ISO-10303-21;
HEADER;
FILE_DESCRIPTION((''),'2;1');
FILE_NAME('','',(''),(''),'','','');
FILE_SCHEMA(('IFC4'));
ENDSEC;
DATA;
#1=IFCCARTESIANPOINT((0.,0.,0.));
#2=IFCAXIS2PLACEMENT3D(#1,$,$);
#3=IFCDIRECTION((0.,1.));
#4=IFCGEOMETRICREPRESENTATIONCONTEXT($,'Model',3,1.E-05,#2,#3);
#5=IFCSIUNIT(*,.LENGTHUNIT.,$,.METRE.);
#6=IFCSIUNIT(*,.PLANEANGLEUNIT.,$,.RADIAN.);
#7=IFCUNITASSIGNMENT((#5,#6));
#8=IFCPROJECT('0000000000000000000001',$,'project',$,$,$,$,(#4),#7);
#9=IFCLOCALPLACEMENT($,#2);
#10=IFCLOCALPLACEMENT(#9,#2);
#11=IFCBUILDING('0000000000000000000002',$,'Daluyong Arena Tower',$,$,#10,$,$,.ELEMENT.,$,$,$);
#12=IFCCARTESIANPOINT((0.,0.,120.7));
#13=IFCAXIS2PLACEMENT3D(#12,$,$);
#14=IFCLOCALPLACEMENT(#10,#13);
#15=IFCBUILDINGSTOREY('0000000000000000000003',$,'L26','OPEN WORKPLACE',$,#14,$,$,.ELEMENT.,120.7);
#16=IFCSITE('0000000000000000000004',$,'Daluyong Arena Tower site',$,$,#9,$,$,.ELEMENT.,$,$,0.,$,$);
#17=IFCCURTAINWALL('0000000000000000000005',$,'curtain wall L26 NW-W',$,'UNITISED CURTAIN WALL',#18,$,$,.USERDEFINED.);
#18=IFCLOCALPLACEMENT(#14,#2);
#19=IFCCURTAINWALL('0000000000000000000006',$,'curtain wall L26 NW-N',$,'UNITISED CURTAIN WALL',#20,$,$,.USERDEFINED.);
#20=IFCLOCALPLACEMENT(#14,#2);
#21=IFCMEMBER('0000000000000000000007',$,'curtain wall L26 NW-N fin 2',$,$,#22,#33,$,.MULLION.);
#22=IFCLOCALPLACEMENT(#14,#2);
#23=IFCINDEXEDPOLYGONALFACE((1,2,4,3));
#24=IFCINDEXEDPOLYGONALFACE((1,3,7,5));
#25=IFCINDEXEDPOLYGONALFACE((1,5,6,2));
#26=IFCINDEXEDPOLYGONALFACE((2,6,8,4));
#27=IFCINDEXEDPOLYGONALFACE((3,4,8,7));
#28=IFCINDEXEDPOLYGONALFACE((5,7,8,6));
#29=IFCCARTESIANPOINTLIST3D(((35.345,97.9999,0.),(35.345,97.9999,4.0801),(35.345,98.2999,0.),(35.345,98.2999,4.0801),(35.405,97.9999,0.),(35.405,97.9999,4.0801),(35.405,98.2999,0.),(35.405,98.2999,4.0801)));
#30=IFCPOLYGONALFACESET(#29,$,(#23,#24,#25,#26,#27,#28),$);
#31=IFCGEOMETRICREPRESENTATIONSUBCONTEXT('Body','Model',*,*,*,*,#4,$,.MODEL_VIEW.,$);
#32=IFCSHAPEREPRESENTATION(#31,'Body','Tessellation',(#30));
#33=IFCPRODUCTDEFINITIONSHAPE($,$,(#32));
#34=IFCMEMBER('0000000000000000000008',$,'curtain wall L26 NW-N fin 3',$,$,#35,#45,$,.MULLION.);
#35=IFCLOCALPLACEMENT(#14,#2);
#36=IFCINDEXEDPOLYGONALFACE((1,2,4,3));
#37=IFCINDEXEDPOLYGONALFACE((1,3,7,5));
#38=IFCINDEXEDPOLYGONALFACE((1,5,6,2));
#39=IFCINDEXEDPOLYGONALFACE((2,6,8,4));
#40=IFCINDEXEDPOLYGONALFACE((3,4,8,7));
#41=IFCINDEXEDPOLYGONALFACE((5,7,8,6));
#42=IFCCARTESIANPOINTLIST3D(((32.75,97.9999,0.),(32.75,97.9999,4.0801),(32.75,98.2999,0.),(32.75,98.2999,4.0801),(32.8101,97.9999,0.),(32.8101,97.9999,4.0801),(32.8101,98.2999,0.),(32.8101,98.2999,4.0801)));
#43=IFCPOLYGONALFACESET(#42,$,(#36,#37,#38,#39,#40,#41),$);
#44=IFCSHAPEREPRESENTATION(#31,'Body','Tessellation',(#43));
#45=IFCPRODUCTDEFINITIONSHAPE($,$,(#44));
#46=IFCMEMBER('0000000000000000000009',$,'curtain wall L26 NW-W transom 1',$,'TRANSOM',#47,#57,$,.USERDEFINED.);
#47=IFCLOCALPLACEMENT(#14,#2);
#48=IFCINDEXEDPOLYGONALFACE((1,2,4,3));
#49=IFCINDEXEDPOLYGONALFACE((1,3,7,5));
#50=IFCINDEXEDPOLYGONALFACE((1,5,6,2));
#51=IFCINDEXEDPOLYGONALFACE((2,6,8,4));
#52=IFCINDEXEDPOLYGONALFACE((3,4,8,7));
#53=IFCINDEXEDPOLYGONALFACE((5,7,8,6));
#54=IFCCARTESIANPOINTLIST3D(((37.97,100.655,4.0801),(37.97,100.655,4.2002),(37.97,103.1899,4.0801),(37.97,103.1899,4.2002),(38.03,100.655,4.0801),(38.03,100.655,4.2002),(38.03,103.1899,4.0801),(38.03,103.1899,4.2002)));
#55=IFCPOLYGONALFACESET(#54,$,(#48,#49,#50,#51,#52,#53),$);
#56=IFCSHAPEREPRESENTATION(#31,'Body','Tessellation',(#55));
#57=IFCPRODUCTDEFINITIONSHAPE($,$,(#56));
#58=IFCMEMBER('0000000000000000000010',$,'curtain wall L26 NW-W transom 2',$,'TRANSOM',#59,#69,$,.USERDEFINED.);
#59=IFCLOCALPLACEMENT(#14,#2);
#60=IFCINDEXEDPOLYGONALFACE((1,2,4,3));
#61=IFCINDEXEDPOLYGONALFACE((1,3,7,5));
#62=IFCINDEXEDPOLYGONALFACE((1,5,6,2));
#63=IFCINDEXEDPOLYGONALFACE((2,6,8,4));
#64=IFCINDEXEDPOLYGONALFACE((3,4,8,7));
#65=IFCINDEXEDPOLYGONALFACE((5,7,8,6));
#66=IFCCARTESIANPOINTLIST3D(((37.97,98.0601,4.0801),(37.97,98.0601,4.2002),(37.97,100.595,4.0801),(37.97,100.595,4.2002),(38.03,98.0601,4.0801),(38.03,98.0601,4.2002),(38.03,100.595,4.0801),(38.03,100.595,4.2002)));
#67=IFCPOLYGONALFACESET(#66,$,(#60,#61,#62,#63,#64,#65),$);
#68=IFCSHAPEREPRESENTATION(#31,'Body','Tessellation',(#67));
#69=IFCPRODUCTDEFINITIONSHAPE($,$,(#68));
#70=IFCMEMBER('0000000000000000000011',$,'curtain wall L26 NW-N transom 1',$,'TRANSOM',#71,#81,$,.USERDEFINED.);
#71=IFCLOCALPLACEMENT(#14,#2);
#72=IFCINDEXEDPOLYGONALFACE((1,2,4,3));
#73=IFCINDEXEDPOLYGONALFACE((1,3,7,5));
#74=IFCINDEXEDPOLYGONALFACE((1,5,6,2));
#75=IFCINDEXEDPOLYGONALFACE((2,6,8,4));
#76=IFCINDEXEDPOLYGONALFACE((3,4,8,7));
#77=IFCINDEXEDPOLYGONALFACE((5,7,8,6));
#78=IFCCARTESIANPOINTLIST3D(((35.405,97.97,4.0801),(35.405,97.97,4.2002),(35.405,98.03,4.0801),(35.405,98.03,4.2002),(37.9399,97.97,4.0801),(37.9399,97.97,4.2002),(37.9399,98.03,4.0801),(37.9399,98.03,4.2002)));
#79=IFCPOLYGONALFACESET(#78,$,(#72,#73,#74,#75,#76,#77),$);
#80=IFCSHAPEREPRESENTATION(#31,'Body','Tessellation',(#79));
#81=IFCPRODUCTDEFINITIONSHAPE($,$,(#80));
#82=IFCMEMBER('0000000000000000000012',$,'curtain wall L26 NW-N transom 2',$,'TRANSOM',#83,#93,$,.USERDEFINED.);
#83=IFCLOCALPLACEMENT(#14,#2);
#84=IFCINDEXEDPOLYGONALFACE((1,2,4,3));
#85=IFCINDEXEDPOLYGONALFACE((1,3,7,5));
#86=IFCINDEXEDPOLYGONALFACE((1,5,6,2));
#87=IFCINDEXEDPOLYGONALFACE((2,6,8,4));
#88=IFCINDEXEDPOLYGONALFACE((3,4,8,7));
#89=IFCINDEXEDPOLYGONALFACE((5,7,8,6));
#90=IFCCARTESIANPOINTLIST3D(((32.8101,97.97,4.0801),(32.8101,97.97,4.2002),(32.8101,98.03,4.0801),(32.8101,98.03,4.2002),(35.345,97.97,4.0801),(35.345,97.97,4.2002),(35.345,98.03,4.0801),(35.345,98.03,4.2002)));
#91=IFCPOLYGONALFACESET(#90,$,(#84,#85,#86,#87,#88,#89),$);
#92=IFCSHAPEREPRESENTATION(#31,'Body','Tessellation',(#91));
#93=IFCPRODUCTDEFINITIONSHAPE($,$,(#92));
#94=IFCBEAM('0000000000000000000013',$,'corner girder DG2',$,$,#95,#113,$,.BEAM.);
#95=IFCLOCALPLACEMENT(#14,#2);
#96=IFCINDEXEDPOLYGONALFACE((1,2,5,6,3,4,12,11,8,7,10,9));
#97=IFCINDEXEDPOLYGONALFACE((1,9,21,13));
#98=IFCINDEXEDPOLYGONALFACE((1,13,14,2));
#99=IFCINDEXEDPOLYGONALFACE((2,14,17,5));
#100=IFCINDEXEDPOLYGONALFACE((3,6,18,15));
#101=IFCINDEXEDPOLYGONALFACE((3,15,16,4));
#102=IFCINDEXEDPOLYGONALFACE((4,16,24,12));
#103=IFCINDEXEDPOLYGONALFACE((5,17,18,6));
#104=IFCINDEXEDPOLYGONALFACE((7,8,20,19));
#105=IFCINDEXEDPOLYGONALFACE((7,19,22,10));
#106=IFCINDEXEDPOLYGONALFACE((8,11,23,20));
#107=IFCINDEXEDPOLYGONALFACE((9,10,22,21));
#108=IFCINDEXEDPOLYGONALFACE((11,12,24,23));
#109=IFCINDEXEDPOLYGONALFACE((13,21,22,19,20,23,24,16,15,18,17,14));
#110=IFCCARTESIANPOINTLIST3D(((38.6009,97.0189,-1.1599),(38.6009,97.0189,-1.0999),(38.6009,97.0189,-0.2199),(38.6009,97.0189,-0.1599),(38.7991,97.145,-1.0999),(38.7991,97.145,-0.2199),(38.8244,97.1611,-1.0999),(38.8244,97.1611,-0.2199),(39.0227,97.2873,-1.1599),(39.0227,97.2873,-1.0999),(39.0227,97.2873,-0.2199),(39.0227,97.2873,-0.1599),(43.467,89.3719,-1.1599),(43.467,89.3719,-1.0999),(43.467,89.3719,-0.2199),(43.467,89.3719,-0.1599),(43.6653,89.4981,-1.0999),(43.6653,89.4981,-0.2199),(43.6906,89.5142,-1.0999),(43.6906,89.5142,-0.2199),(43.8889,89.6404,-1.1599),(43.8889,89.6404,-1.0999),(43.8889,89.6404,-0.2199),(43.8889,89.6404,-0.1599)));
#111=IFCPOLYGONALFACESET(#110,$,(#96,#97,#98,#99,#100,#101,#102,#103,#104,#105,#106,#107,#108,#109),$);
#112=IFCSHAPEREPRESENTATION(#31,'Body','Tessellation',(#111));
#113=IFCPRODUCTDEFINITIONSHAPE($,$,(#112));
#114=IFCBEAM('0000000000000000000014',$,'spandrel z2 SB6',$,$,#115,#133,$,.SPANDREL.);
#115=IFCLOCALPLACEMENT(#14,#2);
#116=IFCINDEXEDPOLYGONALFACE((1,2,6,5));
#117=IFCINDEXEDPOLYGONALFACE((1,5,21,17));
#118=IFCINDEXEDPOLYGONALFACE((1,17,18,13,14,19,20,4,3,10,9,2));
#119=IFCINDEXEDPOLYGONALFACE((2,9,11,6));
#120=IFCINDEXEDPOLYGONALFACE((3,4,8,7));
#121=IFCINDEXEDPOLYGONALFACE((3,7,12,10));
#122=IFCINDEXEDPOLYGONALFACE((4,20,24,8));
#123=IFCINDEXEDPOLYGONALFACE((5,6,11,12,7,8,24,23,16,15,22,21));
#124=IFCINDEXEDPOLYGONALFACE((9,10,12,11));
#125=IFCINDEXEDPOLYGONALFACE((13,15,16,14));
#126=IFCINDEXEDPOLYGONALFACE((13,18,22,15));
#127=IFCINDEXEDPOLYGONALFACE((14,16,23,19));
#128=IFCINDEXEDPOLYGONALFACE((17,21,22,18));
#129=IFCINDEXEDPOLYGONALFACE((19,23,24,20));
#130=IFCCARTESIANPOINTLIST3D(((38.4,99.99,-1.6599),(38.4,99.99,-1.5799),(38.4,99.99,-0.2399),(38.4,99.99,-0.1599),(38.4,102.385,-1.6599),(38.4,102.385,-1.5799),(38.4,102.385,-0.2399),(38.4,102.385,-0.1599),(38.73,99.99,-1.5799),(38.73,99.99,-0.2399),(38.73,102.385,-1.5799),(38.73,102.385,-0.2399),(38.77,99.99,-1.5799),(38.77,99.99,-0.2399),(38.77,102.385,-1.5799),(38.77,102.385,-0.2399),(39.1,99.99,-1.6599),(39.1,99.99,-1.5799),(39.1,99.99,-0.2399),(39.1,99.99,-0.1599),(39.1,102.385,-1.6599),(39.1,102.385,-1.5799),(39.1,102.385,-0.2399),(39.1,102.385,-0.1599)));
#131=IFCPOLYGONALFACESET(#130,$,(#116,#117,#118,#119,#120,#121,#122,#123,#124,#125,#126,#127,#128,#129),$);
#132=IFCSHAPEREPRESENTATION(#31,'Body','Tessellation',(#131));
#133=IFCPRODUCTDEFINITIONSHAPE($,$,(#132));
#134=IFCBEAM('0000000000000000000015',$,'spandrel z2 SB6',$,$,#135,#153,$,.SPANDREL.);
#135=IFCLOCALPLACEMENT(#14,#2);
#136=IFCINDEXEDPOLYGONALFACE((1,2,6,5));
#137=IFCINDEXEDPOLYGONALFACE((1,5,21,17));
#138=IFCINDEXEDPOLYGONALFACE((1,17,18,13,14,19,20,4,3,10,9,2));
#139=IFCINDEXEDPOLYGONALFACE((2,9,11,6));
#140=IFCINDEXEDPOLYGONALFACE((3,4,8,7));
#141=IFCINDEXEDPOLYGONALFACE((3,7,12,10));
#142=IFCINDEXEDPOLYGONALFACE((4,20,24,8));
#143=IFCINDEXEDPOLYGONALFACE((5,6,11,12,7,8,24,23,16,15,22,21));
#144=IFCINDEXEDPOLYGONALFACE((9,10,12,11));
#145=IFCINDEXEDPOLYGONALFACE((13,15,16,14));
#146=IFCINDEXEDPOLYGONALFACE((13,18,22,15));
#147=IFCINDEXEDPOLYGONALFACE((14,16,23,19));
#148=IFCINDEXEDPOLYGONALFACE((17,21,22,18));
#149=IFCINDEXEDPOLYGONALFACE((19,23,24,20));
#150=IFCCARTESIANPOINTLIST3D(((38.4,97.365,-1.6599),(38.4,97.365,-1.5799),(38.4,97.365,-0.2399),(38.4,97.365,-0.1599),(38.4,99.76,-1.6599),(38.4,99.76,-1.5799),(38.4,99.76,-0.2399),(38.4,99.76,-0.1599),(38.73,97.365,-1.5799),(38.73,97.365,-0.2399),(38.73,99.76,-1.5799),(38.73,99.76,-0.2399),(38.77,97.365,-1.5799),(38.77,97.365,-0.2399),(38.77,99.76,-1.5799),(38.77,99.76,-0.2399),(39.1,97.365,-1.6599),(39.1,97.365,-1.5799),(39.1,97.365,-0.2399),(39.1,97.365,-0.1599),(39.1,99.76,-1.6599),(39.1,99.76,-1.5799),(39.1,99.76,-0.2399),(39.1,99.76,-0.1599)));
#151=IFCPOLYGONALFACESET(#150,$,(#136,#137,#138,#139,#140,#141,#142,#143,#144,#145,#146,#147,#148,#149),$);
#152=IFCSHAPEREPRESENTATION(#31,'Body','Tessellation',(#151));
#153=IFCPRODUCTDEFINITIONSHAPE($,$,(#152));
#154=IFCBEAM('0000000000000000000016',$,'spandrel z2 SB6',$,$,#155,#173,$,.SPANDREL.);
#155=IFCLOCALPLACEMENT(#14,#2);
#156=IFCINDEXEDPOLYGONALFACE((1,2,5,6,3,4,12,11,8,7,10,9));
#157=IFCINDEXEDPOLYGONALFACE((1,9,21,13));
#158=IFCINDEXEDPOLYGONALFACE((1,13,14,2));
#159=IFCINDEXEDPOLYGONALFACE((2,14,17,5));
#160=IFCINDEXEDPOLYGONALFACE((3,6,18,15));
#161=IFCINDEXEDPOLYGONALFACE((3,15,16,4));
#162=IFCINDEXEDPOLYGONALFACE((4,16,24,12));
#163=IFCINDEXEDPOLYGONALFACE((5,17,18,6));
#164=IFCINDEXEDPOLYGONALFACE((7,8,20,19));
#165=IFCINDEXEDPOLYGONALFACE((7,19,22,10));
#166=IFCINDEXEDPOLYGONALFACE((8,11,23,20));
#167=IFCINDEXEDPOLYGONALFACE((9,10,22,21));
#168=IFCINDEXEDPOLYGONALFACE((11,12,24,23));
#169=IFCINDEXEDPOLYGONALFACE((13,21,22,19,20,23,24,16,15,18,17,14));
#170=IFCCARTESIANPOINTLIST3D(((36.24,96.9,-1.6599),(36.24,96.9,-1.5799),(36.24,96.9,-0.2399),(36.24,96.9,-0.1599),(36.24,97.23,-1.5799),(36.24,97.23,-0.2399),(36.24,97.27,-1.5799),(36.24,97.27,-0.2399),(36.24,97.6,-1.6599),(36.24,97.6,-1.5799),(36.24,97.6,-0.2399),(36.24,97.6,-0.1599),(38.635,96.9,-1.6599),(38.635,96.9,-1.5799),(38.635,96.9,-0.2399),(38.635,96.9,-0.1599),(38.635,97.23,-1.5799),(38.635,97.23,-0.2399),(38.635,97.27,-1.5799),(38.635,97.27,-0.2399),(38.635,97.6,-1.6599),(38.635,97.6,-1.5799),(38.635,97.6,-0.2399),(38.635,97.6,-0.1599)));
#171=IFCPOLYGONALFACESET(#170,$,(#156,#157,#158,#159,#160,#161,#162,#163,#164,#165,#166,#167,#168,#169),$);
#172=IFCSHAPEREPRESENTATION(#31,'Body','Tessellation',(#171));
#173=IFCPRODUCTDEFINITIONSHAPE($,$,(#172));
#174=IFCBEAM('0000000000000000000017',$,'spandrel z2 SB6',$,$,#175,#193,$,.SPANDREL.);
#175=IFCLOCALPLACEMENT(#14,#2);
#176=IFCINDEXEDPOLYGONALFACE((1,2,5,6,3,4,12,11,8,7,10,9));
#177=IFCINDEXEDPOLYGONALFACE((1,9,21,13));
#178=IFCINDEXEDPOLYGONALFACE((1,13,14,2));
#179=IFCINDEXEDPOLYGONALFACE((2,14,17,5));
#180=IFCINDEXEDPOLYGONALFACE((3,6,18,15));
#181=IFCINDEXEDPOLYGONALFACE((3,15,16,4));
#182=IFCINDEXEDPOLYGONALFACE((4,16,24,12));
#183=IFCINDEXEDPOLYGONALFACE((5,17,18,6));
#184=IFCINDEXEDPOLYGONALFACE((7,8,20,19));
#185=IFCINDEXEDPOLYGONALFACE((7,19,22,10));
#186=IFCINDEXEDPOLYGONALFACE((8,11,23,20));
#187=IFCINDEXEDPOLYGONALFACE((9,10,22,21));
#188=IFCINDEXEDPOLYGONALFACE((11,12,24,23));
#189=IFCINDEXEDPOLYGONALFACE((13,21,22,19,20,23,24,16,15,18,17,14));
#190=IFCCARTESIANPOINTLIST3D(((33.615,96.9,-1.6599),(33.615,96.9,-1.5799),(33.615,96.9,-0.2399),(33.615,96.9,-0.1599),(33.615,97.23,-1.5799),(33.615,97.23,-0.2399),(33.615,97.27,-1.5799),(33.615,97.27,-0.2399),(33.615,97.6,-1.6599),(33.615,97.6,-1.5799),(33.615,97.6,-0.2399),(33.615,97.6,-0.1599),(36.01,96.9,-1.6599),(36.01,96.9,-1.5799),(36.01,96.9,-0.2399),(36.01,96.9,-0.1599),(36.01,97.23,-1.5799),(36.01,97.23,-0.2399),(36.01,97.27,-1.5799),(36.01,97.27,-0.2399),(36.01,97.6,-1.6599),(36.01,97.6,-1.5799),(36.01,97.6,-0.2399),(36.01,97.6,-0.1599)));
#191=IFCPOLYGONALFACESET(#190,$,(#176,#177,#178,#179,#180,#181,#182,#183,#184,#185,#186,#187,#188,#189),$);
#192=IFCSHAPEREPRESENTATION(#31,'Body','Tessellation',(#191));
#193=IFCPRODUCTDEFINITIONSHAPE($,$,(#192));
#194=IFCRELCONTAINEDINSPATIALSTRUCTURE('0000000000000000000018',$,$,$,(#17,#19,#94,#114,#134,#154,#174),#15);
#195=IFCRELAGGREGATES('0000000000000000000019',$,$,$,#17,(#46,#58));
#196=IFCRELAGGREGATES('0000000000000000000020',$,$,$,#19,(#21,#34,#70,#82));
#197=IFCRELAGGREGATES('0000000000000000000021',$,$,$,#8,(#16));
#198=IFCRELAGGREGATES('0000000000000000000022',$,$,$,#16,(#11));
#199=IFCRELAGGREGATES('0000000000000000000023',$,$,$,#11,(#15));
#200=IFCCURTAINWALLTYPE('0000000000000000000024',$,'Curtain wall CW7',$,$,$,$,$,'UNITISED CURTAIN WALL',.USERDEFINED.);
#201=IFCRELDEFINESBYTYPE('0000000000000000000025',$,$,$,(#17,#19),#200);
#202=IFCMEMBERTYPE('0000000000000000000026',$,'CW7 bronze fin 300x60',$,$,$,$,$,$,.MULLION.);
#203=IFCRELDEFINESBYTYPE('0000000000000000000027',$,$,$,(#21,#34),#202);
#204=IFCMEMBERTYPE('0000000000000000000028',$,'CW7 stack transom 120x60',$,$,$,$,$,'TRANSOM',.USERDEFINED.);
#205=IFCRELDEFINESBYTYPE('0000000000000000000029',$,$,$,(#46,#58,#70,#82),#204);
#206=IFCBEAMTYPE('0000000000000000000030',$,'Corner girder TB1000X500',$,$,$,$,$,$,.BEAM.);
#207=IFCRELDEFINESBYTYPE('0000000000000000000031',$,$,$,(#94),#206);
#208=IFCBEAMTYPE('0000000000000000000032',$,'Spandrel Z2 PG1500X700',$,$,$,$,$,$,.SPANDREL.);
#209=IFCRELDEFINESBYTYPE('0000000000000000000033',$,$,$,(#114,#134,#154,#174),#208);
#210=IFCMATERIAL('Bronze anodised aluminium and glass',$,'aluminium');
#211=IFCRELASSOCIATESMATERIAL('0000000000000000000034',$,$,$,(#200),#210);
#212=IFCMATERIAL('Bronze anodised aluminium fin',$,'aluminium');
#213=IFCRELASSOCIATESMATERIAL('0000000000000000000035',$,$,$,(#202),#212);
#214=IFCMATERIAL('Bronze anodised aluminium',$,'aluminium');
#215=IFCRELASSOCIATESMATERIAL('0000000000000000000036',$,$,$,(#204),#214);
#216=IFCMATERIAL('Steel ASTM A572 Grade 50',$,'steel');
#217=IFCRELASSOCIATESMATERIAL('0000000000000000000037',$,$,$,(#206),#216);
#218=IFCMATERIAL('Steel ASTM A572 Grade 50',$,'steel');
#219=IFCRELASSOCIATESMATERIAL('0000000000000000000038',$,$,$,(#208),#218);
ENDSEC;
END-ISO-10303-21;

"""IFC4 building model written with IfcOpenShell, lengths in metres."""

from ifc_helpers import new_model, si_unit, direction, frame, origin, origin_2d, place, context, subcontext, project, spatial, rectangle, i_section, extrude, material, material_profile, profile_set, type_object, element, aggregate, save


model = new_model("IFC4")

# Units and contexts
model_context = context("Model", 3, precision=1e-05, world=origin(), true_north=direction((0.0, 1.0)))
body_context = subcontext(model_context, "Body", "Model", "MODEL_VIEW")
ifc_project = project(units=[si_unit("LENGTHUNIT", "METRE"), si_unit("PLANEANGLEUNIT", "RADIAN")], contexts=[model_context])

# Site, building, storey
site_placement = place(None, origin())
site = spatial("IfcSite", under=ifc_project, at=site_placement, Name="Daluyong Arena Tower site", CompositionType="ELEMENT", RefElevation=0.0)
building_placement = place(site_placement, origin())
building = spatial("IfcBuilding", under=site, at=building_placement, Name="Daluyong Arena Tower", CompositionType="ELEMENT")
storey_placement = place(building_placement, frame((0.0, 0.0, 120.7)))
storey = spatial("IfcBuildingStorey", under=building, at=storey_placement, Name="L26", Description="OPEN WORKPLACE", CompositionType="ELEMENT", Elevation=120.7)

# Curtain walls, members
ifc_material_1 = material(Name="Bronze anodised aluminium and glass", Category="aluminium")
curtain_wall_type_1 = type_object("IfcCurtainWallType", Name="Curtain wall CW7", ElementType="UNITISED CURTAIN WALL", PredefinedType="USERDEFINED", material=ifc_material_1)
curtain_wall_1_placement = place(storey_placement, origin())
curtain_wall_1 = element("IfcCurtainWall", 1, at=curtain_wall_1_placement, inside=storey, type_object=curtain_wall_type_1, Name="curtain wall L26 NW-W", ObjectType="UNITISED CURTAIN WALL", PredefinedType="USERDEFINED")
ifc_material_2 = material(Name="Bronze anodised aluminium fin", Category="aluminium")
ifc_material_profile_1 = material_profile(ifc_material_2, rectangle(XDim=0.3, YDim=0.0601, at=origin_2d()))
ifc_profile_set_1 = profile_set([ifc_material_profile_1], Name="Bronze anodised aluminium fin")
member_type_1 = type_object("IfcMemberType", Name="CW7 bronze fin 300x60", PredefinedType="MULLION", material=ifc_profile_set_1)
curtain_wall_2_placement = place(storey_placement, origin())
curtain_wall_2 = element("IfcCurtainWall", 2, at=curtain_wall_2_placement, inside=storey, type_object=curtain_wall_type_1, Name="curtain wall L26 NW-N", ObjectType="UNITISED CURTAIN WALL", PredefinedType="USERDEFINED")
member_1_placement = place(storey_placement, frame((35.375, 98.1499, 0.0), z_axis=(0.0, 0.0, 1.0), x_axis=(0.0, -1.0, 0.0)))
member_1 = element("IfcMember", 3, at=member_1_placement, type_object=member_type_1, Name="curtain wall L26 NW-N fin 2", PredefinedType="MULLION", context=body_context, shape_type="SweptSolid", body=[
    extrude(rectangle(XDim=0.3, YDim=0.0601, at=origin_2d()), origin(), (0.0, 0.0, 1.0), 4.0801),
])
member_2_placement = place(storey_placement, frame((32.78, 98.1499, 0.0), z_axis=(0.0, 0.0, 1.0), x_axis=(0.0, -1.0, 0.0)))
member_2 = element("IfcMember", 4, at=member_2_placement, type_object=member_type_1, Name="curtain wall L26 NW-N fin 3", PredefinedType="MULLION", context=body_context, shape_type="SweptSolid", body=[
    extrude(rectangle(XDim=0.3, YDim=0.0601, at=origin_2d()), origin(), (0.0, 0.0, 1.0), 4.0801),
])

# Members
ifc_material_3 = material(Name="Bronze anodised aluminium", Category="aluminium")
ifc_material_profile_2 = material_profile(ifc_material_3, rectangle(XDim=0.0601, YDim=0.1201, at=origin_2d()))
ifc_profile_set_2 = profile_set([ifc_material_profile_2], Name="Bronze anodised aluminium")
member_type_2 = type_object("IfcMemberType", Name="CW7 stack transom 120x60", ElementType="TRANSOM", PredefinedType="USERDEFINED", material=ifc_profile_set_2)
member_3_placement = place(storey_placement, frame((38.0, 103.1899, 4.1401), z_axis=(0.0, -1.0, 0.0), x_axis=(1.0, 0.0, 0.0)))
member_3 = element("IfcMember", 5, at=member_3_placement, type_object=member_type_2, Name="curtain wall L26 NW-W transom 1", ObjectType="TRANSOM", PredefinedType="USERDEFINED", context=body_context, shape_type="SweptSolid", body=[
    extrude(rectangle(XDim=0.0601, YDim=0.1201, at=origin_2d()), origin(), (0.0, 0.0, 1.0), 2.5349),
])
member_4_placement = place(storey_placement, frame((38.0, 100.595, 4.1401), z_axis=(0.0, -1.0, 0.0), x_axis=(1.0, 0.0, 0.0)))
member_4 = element("IfcMember", 6, at=member_4_placement, type_object=member_type_2, Name="curtain wall L26 NW-W transom 2", ObjectType="TRANSOM", PredefinedType="USERDEFINED", context=body_context, shape_type="SweptSolid", body=[
    extrude(rectangle(XDim=0.0601, YDim=0.1201, at=origin_2d()), origin(), (0.0, 0.0, 1.0), 2.5349),
])
member_5_placement = place(storey_placement, frame((37.9399, 98.0, 4.1401), z_axis=(-1.0, 0.0, 0.0), x_axis=(0.0, -1.0, 0.0)))
member_5 = element("IfcMember", 7, at=member_5_placement, type_object=member_type_2, Name="curtain wall L26 NW-N transom 1", ObjectType="TRANSOM", PredefinedType="USERDEFINED", context=body_context, shape_type="SweptSolid", body=[
    extrude(rectangle(XDim=0.0601, YDim=0.1201, at=origin_2d()), origin(), (0.0, 0.0, 1.0), 2.5349),
])
member_6_placement = place(storey_placement, frame((35.345, 98.0, 4.1401), z_axis=(-1.0, 0.0, 0.0), x_axis=(0.0, -1.0, 0.0)))
member_6 = element("IfcMember", 8, at=member_6_placement, type_object=member_type_2, Name="curtain wall L26 NW-N transom 2", ObjectType="TRANSOM", PredefinedType="USERDEFINED", context=body_context, shape_type="SweptSolid", body=[
    extrude(rectangle(XDim=0.0601, YDim=0.1201, at=origin_2d()), origin(), (0.0, 0.0, 1.0), 2.5349),
])

# Beams
ifc_material_4 = material(Name="Steel ASTM A572 Grade 50", Category="steel")
ifc_material_profile_3 = material_profile(ifc_material_4, i_section(OverallWidth=0.5, OverallDepth=1.0, WebThickness=0.03, FlangeThickness=0.06, at=origin_2d()))
ifc_profile_set_3 = profile_set([ifc_material_profile_3], Name="Steel ASTM A572 Grade 50")
beam_type_1 = type_object("IfcBeamType", Name="Corner girder TB1000X500", PredefinedType="BEAM", material=ifc_profile_set_3)
beam_1_placement = place(storey_placement, frame((38.8118, 97.1531, -0.6599), z_axis=(0.536872, -0.843664, 0.0), x_axis=(0.843664, 0.536872, 0.0)))
element("IfcBeam", 9, at=beam_1_placement, inside=storey, type_object=beam_type_1, Name="corner girder DG2", PredefinedType="BEAM", context=body_context, shape_type="SweptSolid", body=[
    extrude(i_section(OverallWidth=0.5, OverallDepth=1.0, WebThickness=0.03, FlangeThickness=0.06, at=origin_2d()), origin(), (0.0, 0.0, 1.0), 9.064),
])
ifc_material_5 = material(Name="Steel ASTM A572 Grade 50", Category="steel")
ifc_material_profile_4 = material_profile(ifc_material_5, i_section(OverallWidth=0.7, OverallDepth=1.5, WebThickness=0.04, FlangeThickness=0.08, at=origin_2d()))
ifc_profile_set_4 = profile_set([ifc_material_profile_4], Name="Steel ASTM A572 Grade 50")
beam_type_2 = type_object("IfcBeamType", Name="Spandrel Z2 PG1500X700", PredefinedType="SPANDREL", material=ifc_profile_set_4)
for number, where, z_axis, x_axis, name in (
    (10, (38.75, 102.385, -0.9099), (0.0, -1.0, 0.0), (1.0, 0.0, 0.0), "spandrel z2 SB6"),
    (11, (38.75, 99.76, -0.9099), (0.0, -1.0, 0.0), (1.0, 0.0, 0.0), "spandrel z2 SB6"),
    (12, (38.635, 97.25, -0.9099), (-1.0, 0.0, 0.0), (0.0, -1.0, 0.0), "spandrel z2 SB6"),
    (13, (36.01, 97.25, -0.9099), (-1.0, 0.0, 0.0), (0.0, -1.0, 0.0), "spandrel z2 SB6"),
):
    element("IfcBeam", number, at=place(storey_placement, frame(where, z_axis=z_axis, x_axis=x_axis)), inside=storey, type_object=beam_type_2, Name=name, PredefinedType="SPANDREL", context=body_context, shape_type="SweptSolid", body=[
        extrude(i_section(OverallWidth=0.7, OverallDepth=1.5, WebThickness=0.04, FlangeThickness=0.08, at=origin_2d()), origin(), (0.0, 0.0, 1.0), 2.395),
    ])

aggregate(curtain_wall_1, [member_3, member_4])
aggregate(curtain_wall_2, [member_1, member_2, member_5, member_6])

save(model, "model.ifc")
